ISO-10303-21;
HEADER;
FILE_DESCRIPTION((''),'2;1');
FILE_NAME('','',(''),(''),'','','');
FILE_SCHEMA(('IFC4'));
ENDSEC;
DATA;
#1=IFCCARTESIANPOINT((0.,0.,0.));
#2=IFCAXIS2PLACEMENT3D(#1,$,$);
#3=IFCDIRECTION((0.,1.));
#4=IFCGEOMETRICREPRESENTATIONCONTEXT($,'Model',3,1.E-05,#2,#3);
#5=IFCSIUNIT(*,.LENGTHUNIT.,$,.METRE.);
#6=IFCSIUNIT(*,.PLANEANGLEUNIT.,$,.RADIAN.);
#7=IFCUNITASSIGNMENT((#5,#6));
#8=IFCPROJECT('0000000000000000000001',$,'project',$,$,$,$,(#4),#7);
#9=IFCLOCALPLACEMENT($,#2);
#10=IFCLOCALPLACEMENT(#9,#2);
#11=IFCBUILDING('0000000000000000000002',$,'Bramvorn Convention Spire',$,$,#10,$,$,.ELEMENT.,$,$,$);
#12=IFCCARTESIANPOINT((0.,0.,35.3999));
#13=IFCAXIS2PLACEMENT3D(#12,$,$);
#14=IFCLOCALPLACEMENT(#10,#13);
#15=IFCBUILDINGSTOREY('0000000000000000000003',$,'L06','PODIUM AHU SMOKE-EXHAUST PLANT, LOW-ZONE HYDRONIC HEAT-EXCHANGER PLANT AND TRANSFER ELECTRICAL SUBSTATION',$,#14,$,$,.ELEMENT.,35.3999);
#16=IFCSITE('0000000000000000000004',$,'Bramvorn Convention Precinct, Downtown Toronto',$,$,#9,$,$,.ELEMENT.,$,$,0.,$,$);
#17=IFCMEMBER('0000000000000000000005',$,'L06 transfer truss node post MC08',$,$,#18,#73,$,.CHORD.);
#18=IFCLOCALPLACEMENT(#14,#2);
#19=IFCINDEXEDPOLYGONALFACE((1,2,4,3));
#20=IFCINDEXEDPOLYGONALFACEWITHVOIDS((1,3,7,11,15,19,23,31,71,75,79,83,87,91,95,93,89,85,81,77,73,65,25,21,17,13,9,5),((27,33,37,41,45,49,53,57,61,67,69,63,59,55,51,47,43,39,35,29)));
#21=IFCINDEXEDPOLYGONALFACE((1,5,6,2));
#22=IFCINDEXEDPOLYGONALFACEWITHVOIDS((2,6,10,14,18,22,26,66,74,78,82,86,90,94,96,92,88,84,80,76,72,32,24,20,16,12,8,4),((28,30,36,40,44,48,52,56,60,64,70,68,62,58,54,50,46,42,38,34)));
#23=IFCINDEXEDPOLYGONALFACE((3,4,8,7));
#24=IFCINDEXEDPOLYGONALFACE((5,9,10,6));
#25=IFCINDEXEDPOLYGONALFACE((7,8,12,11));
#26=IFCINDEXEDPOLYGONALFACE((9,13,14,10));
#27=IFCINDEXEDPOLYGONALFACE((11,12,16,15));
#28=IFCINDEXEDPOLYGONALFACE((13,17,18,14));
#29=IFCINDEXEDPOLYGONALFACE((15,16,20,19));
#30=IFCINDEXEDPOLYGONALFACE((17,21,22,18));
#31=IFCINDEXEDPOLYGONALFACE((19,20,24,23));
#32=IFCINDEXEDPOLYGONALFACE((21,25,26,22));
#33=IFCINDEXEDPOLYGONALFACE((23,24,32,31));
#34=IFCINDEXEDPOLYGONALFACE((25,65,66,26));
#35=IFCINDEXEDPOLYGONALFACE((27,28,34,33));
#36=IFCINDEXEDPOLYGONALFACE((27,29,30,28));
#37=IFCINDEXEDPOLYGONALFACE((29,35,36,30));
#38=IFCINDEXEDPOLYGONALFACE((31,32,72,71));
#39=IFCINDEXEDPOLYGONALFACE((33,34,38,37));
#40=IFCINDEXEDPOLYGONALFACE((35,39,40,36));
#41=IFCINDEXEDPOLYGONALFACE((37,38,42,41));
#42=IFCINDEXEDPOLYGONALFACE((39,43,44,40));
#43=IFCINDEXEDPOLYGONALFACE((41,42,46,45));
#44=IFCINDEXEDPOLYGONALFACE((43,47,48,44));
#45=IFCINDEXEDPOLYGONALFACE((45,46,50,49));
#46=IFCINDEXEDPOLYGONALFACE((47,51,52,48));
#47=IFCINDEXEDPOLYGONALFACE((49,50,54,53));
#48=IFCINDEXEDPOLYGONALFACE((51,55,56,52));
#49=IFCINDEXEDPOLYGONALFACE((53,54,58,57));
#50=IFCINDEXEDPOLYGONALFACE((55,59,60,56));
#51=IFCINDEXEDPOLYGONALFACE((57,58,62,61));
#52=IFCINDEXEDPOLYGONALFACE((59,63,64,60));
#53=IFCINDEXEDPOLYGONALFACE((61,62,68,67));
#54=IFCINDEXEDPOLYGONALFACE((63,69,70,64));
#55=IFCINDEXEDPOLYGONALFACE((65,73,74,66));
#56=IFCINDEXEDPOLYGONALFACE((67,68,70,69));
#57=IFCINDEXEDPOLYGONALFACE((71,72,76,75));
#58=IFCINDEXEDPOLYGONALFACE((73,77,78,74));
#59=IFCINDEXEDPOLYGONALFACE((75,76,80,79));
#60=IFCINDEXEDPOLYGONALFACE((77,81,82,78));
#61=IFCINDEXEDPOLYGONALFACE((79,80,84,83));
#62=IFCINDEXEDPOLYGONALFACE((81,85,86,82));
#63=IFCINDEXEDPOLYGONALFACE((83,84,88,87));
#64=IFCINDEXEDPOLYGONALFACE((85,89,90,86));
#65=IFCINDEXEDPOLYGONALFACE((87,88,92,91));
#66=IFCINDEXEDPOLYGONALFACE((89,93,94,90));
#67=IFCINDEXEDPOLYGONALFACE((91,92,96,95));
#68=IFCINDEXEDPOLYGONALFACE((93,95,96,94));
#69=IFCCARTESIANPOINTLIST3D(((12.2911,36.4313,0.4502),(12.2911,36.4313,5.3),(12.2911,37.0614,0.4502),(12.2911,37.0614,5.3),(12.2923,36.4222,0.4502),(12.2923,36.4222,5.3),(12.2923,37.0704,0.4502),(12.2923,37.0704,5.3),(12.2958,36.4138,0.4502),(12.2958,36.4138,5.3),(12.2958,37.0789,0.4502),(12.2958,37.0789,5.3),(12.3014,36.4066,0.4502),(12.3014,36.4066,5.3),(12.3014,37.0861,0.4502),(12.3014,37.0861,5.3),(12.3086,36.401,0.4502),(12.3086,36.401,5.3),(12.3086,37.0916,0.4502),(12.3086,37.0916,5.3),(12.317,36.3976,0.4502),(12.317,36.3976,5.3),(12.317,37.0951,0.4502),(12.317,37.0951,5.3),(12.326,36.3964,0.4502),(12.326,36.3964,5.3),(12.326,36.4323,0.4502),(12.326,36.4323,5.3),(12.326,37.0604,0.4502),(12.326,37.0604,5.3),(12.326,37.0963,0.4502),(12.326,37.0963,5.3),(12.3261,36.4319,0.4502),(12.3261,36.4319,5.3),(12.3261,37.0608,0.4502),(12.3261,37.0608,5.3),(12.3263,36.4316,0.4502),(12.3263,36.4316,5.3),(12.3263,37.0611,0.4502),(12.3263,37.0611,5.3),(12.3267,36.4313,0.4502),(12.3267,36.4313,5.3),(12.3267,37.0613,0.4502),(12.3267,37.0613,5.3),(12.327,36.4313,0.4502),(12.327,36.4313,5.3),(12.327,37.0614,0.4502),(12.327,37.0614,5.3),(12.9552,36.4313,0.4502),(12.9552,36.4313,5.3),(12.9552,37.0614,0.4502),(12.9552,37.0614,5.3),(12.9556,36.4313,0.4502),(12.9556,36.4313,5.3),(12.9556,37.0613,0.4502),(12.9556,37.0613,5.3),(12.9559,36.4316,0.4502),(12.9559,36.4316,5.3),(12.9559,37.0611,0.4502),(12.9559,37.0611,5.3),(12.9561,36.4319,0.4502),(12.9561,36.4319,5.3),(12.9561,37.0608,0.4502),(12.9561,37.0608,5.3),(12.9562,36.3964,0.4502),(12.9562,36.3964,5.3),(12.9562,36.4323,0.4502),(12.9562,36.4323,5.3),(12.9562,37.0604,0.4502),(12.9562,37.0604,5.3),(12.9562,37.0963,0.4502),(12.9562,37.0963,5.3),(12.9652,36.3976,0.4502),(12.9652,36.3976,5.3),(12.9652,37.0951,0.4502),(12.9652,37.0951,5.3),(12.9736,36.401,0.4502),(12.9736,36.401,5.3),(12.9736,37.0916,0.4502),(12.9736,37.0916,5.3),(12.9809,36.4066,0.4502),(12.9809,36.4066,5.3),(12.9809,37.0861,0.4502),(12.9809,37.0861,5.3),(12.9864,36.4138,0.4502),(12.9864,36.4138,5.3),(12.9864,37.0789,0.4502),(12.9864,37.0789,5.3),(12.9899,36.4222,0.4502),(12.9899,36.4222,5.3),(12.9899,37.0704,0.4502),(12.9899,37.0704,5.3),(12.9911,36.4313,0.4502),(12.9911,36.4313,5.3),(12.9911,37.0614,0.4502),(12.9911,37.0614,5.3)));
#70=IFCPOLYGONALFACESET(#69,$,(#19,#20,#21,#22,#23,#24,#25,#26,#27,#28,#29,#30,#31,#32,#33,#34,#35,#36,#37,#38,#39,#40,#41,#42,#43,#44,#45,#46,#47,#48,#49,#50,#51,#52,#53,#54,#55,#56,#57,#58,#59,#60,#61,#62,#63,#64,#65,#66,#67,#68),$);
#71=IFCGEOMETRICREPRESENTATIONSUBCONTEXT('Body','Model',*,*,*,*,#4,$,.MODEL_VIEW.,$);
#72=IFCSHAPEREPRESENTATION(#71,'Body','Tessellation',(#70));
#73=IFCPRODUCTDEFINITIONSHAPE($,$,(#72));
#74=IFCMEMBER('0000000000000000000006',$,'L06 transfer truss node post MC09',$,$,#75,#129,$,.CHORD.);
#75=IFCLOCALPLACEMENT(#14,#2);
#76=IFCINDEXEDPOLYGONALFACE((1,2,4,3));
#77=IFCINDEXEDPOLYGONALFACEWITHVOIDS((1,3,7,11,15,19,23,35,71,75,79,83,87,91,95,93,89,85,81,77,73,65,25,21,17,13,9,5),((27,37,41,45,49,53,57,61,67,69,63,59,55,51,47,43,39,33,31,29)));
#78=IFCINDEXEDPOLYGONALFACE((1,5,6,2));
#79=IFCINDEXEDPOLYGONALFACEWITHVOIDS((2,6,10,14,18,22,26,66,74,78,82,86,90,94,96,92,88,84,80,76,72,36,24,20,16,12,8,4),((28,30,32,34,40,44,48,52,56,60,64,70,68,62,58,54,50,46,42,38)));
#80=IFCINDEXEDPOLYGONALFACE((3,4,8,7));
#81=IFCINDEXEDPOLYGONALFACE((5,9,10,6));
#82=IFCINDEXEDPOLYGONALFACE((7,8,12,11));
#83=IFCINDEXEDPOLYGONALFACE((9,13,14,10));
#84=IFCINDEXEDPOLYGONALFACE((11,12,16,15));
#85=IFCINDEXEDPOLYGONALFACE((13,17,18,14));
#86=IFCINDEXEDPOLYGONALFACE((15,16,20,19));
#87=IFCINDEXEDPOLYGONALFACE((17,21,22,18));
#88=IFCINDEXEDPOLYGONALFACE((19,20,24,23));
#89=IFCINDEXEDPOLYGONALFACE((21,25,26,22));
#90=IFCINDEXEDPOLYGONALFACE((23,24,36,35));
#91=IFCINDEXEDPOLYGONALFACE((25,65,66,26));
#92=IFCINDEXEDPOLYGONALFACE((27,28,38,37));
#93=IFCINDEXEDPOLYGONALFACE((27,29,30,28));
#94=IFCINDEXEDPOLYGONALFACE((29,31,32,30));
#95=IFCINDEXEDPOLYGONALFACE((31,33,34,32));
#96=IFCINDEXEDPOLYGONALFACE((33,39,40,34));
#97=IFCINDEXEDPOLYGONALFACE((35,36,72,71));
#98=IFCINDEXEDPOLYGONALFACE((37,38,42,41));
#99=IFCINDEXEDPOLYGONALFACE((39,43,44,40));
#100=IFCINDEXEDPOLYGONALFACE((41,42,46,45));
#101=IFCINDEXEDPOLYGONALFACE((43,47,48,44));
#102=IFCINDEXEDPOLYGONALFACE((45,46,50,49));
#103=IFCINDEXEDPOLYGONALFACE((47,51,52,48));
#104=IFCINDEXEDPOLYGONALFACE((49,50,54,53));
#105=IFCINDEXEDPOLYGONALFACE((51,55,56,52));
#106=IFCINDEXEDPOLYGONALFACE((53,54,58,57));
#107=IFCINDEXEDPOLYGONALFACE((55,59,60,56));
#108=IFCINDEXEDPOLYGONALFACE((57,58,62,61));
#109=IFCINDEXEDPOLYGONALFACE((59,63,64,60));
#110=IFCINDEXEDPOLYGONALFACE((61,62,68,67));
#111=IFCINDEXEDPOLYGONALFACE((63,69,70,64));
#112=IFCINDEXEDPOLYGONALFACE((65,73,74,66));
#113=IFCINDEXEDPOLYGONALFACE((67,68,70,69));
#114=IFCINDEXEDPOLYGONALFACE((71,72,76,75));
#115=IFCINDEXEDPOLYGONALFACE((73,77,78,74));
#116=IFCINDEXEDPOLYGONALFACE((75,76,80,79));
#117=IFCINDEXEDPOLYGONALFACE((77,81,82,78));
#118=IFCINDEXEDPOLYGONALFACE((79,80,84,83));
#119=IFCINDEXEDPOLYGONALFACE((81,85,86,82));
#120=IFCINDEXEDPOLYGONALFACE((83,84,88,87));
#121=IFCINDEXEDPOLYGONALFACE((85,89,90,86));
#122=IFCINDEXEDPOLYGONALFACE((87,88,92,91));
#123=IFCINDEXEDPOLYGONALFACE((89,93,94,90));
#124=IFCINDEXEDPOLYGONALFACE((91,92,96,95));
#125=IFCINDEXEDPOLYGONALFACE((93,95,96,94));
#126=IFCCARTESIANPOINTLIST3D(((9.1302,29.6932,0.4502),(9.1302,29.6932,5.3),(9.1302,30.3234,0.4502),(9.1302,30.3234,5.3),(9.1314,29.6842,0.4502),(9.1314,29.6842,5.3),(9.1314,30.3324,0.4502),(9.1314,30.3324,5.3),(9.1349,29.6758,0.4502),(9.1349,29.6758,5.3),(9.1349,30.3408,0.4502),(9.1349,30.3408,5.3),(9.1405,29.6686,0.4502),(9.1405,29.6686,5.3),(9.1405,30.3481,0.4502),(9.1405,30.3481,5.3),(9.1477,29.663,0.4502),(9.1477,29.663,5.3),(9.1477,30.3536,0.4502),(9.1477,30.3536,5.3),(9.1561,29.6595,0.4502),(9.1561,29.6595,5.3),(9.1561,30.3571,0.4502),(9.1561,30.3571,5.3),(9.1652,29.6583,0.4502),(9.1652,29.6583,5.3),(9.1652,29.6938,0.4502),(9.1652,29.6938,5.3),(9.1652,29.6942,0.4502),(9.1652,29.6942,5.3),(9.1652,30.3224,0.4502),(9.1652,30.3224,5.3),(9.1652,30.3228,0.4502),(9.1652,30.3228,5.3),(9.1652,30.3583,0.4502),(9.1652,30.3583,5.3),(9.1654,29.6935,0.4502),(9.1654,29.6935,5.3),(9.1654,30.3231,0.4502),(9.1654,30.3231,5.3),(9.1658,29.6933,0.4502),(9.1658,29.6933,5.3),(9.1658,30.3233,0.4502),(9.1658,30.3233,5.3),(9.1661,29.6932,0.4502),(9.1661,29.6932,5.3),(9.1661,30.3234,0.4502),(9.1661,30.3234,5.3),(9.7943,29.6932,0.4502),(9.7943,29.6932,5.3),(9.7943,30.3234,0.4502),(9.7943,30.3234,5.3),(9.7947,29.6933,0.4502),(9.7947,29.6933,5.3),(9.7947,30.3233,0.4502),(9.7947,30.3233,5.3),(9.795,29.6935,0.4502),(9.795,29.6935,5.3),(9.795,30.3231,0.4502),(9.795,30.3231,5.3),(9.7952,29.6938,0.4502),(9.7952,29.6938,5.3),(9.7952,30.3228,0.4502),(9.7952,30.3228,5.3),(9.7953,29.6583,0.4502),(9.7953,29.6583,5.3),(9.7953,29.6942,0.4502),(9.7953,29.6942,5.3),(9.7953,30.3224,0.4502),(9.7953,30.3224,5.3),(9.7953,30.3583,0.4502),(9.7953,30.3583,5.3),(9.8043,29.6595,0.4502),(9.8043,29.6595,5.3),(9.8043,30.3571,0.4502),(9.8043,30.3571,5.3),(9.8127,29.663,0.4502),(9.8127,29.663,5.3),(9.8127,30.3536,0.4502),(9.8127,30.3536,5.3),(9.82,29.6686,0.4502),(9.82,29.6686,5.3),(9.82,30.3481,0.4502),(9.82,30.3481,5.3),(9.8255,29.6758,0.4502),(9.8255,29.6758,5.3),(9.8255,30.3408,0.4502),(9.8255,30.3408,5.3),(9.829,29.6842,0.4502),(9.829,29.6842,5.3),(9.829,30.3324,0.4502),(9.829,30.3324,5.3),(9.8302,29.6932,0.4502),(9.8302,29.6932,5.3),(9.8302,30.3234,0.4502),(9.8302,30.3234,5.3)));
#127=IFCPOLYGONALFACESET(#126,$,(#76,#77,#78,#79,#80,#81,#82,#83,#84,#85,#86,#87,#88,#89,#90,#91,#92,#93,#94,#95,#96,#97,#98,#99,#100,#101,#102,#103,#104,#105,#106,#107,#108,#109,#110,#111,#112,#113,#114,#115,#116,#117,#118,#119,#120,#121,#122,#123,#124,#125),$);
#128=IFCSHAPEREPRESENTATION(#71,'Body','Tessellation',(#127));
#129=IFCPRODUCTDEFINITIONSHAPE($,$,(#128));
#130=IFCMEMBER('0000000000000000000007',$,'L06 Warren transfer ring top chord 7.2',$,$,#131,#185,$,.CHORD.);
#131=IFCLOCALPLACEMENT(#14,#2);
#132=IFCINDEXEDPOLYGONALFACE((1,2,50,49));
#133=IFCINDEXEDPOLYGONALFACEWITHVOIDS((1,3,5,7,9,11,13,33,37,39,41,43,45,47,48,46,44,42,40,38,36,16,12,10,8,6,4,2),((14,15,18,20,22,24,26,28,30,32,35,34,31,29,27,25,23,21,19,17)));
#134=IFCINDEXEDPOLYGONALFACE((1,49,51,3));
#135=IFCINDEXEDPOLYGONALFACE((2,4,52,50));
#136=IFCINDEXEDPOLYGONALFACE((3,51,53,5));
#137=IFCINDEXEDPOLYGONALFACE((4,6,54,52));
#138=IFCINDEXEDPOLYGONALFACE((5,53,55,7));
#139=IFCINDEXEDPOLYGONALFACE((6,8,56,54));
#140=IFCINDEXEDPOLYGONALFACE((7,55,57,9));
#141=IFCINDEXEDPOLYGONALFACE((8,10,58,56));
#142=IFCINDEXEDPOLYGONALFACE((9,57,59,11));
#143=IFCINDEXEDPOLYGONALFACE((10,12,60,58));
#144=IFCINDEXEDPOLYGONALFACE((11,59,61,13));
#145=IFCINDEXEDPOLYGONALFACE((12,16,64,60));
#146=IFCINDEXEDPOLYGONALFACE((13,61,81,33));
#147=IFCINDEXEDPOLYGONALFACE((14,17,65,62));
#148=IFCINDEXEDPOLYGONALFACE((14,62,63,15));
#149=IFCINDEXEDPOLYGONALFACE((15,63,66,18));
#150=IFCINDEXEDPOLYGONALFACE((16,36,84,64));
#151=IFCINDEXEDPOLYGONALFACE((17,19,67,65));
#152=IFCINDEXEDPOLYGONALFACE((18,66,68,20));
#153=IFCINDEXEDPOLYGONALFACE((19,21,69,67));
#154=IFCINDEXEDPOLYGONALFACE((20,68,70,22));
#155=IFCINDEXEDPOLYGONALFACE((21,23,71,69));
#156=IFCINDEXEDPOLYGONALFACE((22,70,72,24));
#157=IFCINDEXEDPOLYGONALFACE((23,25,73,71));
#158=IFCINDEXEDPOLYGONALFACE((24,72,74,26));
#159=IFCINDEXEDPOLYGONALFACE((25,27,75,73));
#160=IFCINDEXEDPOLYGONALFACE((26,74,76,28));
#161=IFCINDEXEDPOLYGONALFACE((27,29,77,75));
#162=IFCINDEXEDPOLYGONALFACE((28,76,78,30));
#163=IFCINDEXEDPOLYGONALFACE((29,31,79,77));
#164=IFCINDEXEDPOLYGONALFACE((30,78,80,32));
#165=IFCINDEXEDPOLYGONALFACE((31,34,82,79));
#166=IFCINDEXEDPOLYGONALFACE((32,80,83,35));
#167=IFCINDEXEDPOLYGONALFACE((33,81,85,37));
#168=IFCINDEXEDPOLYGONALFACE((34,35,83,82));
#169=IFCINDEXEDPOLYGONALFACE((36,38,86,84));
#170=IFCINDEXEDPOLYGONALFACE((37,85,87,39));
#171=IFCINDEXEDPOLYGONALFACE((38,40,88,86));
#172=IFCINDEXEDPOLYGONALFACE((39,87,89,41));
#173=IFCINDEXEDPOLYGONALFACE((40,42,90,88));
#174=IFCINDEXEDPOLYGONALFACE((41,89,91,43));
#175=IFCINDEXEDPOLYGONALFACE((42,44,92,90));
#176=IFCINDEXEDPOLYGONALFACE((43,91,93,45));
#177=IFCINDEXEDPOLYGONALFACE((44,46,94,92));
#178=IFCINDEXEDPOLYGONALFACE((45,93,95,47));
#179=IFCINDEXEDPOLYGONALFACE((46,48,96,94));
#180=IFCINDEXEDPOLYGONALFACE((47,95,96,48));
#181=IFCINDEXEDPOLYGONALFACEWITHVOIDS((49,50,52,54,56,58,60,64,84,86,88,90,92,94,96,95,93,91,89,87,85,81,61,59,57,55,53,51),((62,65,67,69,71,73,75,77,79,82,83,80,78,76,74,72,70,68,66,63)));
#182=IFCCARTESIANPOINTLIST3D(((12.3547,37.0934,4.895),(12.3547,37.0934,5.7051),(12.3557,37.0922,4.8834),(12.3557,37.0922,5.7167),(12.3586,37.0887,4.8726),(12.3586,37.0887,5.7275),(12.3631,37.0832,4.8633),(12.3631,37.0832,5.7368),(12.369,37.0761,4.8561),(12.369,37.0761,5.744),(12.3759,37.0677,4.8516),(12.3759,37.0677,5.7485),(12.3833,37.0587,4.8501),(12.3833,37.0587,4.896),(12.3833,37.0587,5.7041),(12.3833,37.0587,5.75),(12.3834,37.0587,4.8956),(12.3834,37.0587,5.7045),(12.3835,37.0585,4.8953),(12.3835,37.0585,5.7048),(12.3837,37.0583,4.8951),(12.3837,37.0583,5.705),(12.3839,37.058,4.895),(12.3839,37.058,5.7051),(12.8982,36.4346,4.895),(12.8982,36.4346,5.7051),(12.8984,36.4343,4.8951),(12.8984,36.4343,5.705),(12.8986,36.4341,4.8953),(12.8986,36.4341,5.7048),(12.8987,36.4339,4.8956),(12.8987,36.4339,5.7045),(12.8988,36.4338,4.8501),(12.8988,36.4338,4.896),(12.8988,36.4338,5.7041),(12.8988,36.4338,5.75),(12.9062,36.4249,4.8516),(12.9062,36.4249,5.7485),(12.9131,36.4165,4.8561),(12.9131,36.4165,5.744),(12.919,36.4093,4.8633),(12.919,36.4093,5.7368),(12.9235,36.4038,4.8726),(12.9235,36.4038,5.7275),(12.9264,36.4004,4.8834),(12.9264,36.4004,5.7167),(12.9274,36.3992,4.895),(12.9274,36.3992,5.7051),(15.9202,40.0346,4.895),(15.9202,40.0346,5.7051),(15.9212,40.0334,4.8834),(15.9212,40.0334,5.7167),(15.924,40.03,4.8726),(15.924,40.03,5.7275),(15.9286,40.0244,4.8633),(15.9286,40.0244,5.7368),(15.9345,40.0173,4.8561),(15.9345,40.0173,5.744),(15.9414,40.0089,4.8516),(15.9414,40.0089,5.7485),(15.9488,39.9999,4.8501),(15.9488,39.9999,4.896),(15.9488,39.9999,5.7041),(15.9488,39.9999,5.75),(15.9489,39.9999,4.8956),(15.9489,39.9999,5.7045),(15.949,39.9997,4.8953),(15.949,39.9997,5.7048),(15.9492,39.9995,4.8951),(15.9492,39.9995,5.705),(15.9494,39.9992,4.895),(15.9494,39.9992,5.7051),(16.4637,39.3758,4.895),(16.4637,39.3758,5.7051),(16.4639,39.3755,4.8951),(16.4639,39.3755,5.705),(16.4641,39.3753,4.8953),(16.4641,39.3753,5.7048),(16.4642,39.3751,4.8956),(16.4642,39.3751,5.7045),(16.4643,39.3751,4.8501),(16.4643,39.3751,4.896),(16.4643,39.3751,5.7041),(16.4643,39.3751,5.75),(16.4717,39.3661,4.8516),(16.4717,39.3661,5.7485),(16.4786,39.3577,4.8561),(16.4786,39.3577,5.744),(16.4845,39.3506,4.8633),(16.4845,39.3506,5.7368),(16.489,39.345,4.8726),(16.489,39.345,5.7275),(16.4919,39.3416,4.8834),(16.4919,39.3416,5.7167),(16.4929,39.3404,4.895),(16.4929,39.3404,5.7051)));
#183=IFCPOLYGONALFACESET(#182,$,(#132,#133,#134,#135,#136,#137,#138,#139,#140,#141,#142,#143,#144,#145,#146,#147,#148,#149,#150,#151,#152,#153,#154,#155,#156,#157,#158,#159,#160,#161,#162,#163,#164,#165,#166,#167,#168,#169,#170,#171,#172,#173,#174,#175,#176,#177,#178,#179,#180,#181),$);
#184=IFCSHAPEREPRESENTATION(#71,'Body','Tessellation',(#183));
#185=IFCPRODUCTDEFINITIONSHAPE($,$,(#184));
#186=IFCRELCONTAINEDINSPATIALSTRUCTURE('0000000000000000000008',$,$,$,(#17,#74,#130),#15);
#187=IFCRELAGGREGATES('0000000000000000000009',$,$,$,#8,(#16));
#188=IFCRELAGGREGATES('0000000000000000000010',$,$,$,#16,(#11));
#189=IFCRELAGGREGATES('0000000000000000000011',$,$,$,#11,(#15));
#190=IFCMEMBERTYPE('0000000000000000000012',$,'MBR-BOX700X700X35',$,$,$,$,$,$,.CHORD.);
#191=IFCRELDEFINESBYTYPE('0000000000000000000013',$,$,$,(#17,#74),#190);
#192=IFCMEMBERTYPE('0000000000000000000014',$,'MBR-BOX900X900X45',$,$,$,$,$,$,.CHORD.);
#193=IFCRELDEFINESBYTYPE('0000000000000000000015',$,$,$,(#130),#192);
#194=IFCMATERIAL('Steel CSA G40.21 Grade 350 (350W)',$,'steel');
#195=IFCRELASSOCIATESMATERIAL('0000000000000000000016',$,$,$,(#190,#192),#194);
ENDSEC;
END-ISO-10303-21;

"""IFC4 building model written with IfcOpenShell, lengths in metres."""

from ifc_helpers import new_model, si_unit, direction, frame, origin, origin_2d, place, context, subcontext, project, spatial, hollow_rectangle, extrude, material, material_profile, profile_set, type_object, element, save


model = new_model("IFC4")

# Units and contexts
model_context = context("Model", 3, precision=1e-05, world=origin(), true_north=direction((0.0, 1.0)))
body_context = subcontext(model_context, "Body", "Model", "MODEL_VIEW")
ifc_project = project(units=[si_unit("LENGTHUNIT", "METRE"), si_unit("PLANEANGLEUNIT", "RADIAN")], contexts=[model_context])

# Site, building, storey
site_placement = place(None, origin())
site = spatial("IfcSite", under=ifc_project, at=site_placement, Name="Bramvorn Convention Precinct, Downtown Toronto", CompositionType="ELEMENT", RefElevation=0.0)
building_placement = place(site_placement, origin())
building = spatial("IfcBuilding", under=site, at=building_placement, Name="Bramvorn Convention Spire", CompositionType="ELEMENT")
storey_placement = place(building_placement, frame((0.0, 0.0, 35.3999)))
storey = spatial("IfcBuildingStorey", under=building, at=storey_placement, Name="L06", Description="PODIUM AHU SMOKE-EXHAUST PLANT, LOW-ZONE HYDRONIC HEAT-EXCHANGER PLANT AND TRANSFER ELECTRICAL SUBSTATION", CompositionType="ELEMENT", Elevation=35.3999)

# Shared definitions
ifc_material_1 = material(Name="Steel CSA G40.21 Grade 350 (350W)", Category="steel")

# Members
ifc_material_profile_1 = material_profile(ifc_material_1, hollow_rectangle(XDim=0.7, YDim=0.7, WallThickness=0.0349, InnerFilletRadius=0.001, OuterFilletRadius=0.0349, at=origin_2d()))
ifc_profile_set_1 = profile_set([ifc_material_profile_1], Name="Steel CSA G40.21 Grade 350 (350W) - BOX700X700X35")
member_type_1 = type_object("IfcMemberType", Name="MBR-BOX700X700X35", PredefinedType="CHORD", material=ifc_profile_set_1)
for number, where, z_axis, x_axis, name in (
    (1, (12.6411, 36.7463, 0.4502), (0.0, 0.0, 1.0), (1.0, 0.0, 0.0), "L06 transfer truss node post MC08"),
    (2, (9.4802, 30.0083, 0.4502), (0.0, 0.0, 1.0), (1.0, 0.0, 0.0), "L06 transfer truss node post MC09"),
):
    element("IfcMember", number, at=place(storey_placement, frame(where, z_axis=z_axis, x_axis=x_axis)), inside=storey, type_object=member_type_1, Name=name, PredefinedType="CHORD", context=body_context, shape_type="SweptSolid", body=[
        extrude(hollow_rectangle(XDim=0.7, YDim=0.7, WallThickness=0.0349, InnerFilletRadius=0.001, OuterFilletRadius=0.0349, at=origin_2d()), origin(), (0.0, 0.0, 1.0), 4.8499),
    ])
ifc_material_profile_2 = material_profile(ifc_material_1, hollow_rectangle(XDim=0.8999, YDim=0.8999, WallThickness=0.0449, InnerFilletRadius=0.001, OuterFilletRadius=0.0449, at=origin_2d()))
ifc_profile_set_2 = profile_set([ifc_material_profile_2], Name="Steel CSA G40.21 Grade 350 (350W) - BOX900X900X45")
member_type_2 = type_object("IfcMemberType", Name="MBR-BOX900X900X45", PredefinedType="CHORD", material=ifc_profile_set_2)
member_1_placement = place(storey_placement, frame((16.2065, 39.6875, 5.3), z_axis=(-0.771407, -0.636342, 0.0), x_axis=(0.636342, -0.771407, 0.0)))
element("IfcMember", 3, at=member_1_placement, inside=storey, type_object=member_type_2, Name="L06 Warren transfer ring top chord 7.2", PredefinedType="CHORD", context=body_context, shape_type="SweptSolid", body=[
    extrude(hollow_rectangle(XDim=0.8999, YDim=0.8999, WallThickness=0.0449, InnerFilletRadius=0.001, OuterFilletRadius=0.0449, at=origin_2d()), origin(), (0.0, 0.0, 1.0), 4.6221),
])

save(model, "model.ifc")
